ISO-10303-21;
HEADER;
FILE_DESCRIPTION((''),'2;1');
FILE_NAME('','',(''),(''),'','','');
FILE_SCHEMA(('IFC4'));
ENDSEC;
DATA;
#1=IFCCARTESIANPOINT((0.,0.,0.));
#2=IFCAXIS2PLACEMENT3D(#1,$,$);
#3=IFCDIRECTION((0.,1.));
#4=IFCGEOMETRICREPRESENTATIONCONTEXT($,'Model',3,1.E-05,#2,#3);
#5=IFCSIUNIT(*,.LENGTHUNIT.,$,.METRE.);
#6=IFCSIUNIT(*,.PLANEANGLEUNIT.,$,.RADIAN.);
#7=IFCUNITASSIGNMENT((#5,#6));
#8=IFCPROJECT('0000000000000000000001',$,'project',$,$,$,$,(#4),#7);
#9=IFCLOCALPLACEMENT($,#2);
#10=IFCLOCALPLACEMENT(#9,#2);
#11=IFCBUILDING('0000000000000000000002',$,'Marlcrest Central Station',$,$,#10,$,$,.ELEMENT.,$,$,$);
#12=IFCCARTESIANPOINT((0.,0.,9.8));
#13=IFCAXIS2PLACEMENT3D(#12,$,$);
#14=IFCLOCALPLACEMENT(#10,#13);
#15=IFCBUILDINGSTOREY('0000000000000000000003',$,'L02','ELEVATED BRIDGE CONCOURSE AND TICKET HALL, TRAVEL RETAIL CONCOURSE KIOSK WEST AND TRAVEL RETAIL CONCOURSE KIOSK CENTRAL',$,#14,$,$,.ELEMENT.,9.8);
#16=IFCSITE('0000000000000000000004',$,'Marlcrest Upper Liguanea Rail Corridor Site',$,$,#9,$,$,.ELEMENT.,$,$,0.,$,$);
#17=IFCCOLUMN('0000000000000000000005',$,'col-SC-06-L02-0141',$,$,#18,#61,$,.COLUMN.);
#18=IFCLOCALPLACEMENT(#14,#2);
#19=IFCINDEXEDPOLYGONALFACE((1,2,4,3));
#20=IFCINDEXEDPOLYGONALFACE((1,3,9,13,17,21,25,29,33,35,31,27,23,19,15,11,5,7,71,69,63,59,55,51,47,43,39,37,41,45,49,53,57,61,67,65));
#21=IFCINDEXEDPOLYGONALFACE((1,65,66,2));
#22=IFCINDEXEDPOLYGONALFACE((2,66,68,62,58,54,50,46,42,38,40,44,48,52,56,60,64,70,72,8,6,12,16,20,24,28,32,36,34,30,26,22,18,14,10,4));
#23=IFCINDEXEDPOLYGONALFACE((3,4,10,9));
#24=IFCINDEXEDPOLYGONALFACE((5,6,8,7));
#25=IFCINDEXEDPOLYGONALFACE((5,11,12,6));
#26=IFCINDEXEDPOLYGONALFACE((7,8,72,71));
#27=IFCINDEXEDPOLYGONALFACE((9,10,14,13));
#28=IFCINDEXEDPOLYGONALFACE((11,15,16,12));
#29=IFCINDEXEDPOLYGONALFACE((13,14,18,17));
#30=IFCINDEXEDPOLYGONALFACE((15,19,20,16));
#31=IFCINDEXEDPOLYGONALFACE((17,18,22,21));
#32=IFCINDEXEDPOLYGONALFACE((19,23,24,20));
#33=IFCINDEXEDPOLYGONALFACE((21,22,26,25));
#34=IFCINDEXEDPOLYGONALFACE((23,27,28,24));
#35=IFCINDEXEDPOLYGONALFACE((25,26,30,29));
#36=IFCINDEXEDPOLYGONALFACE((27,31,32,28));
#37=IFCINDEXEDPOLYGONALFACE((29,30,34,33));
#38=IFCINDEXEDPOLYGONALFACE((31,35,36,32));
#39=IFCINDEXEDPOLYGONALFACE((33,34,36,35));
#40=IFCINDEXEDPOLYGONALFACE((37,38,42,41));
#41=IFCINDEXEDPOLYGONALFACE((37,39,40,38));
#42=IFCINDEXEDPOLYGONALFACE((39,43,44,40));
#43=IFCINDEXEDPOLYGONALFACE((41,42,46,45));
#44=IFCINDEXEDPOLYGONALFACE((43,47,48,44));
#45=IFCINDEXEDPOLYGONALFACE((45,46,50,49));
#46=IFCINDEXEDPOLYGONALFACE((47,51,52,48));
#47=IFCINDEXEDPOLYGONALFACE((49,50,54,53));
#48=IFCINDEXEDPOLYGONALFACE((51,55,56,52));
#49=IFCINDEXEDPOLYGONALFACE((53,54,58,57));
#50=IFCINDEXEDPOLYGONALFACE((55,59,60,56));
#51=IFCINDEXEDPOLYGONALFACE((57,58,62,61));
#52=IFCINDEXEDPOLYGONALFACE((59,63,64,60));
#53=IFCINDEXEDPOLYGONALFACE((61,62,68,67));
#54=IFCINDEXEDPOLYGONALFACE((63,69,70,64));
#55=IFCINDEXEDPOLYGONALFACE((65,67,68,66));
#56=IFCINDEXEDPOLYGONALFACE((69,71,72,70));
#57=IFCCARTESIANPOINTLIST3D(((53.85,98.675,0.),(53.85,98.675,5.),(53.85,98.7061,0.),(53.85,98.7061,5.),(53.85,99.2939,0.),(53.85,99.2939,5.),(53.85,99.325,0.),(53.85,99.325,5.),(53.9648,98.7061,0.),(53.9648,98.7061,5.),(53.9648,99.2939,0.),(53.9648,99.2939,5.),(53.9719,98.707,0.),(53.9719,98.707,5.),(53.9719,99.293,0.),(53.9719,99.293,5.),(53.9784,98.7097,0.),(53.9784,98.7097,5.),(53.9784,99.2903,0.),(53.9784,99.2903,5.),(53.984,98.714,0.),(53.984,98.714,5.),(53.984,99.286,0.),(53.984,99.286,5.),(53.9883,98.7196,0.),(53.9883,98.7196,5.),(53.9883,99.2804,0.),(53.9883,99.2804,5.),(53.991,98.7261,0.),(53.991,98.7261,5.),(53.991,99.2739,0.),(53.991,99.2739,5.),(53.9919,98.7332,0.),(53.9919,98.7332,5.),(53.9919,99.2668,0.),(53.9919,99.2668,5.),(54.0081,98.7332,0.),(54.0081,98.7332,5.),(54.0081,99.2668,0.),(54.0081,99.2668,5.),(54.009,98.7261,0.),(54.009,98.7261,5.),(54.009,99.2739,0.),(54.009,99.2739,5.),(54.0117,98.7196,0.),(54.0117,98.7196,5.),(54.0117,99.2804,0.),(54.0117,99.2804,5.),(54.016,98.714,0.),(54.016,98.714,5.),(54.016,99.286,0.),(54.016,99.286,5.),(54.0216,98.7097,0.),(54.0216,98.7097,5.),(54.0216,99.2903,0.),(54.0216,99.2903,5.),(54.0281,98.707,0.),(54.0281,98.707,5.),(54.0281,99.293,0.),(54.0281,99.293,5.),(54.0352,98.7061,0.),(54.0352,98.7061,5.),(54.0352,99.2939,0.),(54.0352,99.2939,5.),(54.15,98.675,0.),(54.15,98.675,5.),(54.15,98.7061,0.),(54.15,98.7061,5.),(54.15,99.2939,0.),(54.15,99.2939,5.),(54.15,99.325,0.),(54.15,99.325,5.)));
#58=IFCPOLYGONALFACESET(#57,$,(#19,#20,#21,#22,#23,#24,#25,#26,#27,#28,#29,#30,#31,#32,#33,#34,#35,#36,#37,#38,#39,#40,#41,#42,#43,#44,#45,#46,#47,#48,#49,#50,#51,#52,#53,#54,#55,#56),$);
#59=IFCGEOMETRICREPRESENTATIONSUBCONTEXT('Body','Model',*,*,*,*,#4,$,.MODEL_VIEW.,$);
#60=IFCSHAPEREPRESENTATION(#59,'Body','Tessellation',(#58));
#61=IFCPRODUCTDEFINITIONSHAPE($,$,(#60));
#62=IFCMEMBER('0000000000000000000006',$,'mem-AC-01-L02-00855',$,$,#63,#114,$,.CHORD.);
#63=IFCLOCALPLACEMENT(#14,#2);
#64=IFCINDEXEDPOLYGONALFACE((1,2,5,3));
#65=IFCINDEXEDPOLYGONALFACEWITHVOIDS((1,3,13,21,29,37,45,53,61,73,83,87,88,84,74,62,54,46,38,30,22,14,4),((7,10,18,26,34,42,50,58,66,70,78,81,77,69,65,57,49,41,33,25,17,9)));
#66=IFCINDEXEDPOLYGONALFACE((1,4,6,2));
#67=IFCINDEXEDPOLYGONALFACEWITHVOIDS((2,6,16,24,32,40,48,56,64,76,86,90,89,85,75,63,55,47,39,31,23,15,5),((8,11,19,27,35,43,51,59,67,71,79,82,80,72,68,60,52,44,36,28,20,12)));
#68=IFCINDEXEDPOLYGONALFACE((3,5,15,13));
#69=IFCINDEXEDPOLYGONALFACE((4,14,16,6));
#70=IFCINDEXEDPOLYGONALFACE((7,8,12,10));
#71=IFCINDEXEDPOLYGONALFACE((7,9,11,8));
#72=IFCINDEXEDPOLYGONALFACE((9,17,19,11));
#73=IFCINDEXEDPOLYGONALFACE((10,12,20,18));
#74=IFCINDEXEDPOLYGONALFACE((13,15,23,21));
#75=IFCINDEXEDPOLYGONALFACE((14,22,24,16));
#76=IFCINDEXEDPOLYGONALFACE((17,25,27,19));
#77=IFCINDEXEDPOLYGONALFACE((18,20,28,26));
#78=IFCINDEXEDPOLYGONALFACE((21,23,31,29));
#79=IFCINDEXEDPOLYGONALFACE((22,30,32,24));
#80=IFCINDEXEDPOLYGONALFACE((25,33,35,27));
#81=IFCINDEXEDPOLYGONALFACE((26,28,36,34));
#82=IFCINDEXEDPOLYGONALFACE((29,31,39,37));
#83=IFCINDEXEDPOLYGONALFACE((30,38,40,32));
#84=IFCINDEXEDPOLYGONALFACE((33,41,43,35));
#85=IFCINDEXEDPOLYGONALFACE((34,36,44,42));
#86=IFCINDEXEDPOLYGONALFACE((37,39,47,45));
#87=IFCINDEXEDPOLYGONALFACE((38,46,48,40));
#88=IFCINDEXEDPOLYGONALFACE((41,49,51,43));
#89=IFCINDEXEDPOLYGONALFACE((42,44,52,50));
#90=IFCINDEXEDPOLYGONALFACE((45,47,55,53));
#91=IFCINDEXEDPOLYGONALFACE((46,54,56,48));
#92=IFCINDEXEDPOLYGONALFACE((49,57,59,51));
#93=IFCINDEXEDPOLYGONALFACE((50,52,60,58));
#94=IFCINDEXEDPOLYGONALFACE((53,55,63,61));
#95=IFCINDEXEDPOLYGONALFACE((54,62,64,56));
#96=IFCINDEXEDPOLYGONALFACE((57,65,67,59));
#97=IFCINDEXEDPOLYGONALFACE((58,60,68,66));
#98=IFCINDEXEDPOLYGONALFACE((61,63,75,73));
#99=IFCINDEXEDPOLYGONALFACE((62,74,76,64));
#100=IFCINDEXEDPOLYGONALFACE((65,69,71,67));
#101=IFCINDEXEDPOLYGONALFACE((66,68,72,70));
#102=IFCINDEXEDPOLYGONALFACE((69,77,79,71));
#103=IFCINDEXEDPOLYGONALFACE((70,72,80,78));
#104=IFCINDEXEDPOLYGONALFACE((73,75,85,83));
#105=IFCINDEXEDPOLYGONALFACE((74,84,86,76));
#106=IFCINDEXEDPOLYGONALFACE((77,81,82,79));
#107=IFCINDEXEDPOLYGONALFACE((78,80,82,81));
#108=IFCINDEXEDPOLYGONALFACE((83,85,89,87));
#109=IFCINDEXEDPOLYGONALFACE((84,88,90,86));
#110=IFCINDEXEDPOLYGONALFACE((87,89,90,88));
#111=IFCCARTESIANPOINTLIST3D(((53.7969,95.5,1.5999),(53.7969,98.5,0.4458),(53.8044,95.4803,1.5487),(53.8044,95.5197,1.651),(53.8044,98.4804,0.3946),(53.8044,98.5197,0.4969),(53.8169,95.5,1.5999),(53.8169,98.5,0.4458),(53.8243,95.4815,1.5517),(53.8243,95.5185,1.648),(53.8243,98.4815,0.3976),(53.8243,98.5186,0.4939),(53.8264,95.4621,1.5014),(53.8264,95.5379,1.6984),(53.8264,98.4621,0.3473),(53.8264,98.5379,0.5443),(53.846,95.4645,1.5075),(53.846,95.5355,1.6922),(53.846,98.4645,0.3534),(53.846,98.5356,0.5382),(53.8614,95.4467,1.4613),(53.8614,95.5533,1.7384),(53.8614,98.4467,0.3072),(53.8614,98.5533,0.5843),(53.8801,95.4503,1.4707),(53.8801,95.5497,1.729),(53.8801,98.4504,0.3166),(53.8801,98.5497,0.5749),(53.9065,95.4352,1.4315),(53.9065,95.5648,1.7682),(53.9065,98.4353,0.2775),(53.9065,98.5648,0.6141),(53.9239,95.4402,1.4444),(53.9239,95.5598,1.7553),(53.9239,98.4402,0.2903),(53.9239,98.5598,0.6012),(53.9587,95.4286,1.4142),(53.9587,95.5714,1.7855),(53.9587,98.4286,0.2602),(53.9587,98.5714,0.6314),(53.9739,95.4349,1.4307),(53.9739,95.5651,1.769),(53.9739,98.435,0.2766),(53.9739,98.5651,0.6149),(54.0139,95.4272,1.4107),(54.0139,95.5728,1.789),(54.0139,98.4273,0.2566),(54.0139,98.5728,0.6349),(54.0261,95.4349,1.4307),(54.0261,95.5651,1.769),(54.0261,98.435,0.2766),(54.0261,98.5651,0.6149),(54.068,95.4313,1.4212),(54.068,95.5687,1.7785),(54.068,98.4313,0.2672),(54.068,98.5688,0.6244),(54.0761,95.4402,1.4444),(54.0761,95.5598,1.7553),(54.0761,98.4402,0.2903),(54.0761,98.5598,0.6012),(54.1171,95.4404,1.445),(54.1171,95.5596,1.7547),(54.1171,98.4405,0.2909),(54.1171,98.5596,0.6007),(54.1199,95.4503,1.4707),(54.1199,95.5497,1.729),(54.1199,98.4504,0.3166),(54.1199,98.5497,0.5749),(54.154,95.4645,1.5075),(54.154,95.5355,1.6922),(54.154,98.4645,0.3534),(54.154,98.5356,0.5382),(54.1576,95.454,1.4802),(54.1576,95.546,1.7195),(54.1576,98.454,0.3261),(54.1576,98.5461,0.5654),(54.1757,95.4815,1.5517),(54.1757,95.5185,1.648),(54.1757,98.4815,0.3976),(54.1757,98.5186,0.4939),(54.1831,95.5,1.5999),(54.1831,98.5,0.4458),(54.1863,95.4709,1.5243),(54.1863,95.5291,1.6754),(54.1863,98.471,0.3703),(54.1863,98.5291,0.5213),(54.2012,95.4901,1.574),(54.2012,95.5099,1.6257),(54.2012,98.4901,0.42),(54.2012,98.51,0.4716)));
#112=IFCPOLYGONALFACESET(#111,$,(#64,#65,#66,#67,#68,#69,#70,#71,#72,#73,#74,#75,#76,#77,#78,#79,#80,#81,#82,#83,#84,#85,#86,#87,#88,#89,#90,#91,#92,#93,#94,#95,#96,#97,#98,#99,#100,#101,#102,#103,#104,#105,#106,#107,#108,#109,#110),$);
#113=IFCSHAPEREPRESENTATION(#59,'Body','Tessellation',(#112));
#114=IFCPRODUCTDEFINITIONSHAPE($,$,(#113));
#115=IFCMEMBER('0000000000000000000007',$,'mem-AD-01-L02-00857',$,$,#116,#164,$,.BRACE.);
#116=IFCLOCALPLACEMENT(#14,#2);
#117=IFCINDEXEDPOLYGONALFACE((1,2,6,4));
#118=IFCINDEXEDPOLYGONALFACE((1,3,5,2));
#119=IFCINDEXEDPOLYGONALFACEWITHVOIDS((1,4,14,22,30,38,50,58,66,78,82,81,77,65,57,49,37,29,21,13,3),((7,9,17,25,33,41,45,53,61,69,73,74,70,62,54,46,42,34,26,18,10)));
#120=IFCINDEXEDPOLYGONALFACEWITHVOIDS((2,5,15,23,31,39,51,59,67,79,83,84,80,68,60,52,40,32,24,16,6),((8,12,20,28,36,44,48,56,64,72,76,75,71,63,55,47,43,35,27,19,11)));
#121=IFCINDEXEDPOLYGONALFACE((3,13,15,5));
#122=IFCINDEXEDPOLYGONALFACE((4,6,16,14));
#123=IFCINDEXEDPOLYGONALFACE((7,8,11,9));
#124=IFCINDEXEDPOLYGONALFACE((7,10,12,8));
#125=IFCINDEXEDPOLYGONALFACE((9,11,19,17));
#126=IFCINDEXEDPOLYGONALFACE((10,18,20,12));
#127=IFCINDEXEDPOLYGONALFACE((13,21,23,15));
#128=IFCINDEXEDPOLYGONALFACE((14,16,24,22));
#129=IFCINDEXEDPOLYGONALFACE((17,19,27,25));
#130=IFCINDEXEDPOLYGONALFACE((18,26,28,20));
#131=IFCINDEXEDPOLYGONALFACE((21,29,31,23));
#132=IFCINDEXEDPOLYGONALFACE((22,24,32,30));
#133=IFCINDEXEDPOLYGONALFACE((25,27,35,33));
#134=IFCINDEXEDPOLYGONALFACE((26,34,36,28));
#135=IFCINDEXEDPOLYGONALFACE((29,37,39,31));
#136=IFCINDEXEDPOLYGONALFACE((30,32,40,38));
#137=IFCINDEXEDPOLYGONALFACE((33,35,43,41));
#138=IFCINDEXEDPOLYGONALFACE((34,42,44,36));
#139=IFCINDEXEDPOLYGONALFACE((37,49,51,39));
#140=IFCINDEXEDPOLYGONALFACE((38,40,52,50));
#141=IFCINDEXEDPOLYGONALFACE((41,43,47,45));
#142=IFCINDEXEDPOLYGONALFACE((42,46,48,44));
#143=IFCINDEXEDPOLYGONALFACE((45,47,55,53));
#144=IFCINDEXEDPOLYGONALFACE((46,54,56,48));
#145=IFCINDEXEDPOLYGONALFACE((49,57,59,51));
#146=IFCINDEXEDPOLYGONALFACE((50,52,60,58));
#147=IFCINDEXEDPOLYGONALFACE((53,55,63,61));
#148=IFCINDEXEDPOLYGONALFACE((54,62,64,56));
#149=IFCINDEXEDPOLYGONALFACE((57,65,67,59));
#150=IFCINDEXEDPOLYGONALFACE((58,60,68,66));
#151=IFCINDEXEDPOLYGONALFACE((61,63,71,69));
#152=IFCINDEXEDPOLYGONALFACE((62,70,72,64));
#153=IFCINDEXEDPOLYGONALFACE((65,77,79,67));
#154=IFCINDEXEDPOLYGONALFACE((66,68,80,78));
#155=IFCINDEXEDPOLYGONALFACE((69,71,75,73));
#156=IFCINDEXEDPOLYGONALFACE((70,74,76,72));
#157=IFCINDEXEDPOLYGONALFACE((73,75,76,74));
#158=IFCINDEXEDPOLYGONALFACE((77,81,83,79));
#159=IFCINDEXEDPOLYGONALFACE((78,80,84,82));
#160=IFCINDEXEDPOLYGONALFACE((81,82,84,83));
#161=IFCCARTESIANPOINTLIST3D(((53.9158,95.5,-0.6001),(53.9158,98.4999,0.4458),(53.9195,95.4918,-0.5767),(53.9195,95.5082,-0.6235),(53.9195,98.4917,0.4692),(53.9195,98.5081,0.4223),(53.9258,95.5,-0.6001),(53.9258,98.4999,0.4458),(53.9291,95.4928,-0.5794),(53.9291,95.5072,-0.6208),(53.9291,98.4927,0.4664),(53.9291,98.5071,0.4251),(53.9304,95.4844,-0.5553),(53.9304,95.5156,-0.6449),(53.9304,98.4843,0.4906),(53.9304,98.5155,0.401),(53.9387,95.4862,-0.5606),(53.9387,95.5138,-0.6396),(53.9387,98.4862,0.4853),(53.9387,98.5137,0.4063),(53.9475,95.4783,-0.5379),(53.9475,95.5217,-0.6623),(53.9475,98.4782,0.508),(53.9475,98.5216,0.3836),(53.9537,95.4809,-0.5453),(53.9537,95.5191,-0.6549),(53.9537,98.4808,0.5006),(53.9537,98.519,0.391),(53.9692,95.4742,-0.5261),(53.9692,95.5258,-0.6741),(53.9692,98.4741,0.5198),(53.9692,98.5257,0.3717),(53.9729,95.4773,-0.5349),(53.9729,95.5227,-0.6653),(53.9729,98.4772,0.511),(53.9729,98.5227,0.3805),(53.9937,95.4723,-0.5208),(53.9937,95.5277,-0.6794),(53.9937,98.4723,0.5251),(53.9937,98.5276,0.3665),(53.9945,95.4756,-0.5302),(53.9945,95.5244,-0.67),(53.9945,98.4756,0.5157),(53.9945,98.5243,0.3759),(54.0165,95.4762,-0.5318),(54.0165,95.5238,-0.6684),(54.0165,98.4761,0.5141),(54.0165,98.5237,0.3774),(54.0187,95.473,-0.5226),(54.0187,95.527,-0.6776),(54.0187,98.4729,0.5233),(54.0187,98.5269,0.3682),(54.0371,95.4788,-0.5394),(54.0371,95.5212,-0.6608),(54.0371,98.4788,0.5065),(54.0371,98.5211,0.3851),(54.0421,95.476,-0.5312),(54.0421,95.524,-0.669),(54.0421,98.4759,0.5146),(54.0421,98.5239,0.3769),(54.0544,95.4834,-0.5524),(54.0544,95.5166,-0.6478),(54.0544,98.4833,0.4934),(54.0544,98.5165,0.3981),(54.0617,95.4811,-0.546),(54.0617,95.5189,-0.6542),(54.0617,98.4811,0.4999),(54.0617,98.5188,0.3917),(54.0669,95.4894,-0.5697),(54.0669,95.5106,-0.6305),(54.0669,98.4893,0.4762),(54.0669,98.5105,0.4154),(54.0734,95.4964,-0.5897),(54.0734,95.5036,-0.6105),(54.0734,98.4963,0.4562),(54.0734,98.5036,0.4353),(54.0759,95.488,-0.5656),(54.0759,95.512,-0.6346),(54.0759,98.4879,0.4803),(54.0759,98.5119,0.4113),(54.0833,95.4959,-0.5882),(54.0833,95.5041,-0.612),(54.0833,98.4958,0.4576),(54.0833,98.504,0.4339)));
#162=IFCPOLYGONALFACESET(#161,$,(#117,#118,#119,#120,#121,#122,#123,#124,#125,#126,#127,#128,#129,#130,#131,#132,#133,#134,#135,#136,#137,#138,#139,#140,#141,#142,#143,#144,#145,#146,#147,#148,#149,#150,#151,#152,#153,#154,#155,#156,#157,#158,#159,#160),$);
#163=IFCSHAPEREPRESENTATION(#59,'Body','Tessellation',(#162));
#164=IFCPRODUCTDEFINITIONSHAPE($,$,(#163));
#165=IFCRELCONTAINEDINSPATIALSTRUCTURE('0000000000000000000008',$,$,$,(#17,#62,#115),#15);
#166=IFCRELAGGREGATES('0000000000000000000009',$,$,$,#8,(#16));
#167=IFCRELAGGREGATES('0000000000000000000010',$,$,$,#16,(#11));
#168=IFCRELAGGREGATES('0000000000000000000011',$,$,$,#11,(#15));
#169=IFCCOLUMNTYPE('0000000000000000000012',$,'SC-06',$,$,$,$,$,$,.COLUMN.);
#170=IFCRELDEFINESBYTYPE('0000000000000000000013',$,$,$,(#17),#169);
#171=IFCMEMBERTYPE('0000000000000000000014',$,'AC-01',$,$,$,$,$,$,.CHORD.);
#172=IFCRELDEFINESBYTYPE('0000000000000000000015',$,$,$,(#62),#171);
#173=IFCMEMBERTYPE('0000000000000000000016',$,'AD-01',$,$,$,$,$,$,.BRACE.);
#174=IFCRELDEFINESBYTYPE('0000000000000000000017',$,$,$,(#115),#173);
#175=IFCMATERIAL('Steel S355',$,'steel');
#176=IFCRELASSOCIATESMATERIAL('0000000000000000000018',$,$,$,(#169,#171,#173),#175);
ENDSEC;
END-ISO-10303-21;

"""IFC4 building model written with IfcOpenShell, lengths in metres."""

from ifc_helpers import new_model, si_unit, direction, frame, origin, origin_2d, place, context, subcontext, project, spatial, hollow_circle, i_section, extrude, material, material_profile, profile_set, type_object, element, save


model = new_model("IFC4")

# Units and contexts
model_context = context("Model", 3, precision=1e-05, world=origin(), true_north=direction((0.0, 1.0)))
body_context = subcontext(model_context, "Body", "Model", "MODEL_VIEW")
ifc_project = project(units=[si_unit("LENGTHUNIT", "METRE"), si_unit("PLANEANGLEUNIT", "RADIAN")], contexts=[model_context])

# Site, building, storey
site_placement = place(None, origin())
site = spatial("IfcSite", under=ifc_project, at=site_placement, Name="Marlcrest Upper Liguanea Rail Corridor Site", CompositionType="ELEMENT", RefElevation=0.0)
building_placement = place(site_placement, origin())
building = spatial("IfcBuilding", under=site, at=building_placement, Name="Marlcrest Central Station", CompositionType="ELEMENT")
storey_placement = place(building_placement, frame((0.0, 0.0, 9.8)))
storey = spatial("IfcBuildingStorey", under=building, at=storey_placement, Name="L02", Description="ELEVATED BRIDGE CONCOURSE AND TICKET HALL, TRAVEL RETAIL CONCOURSE KIOSK WEST AND TRAVEL RETAIL CONCOURSE KIOSK CENTRAL", CompositionType="ELEMENT", Elevation=9.8)

# Column
ifc_material_1 = material(Name="Steel S355", Category="steel")
ifc_material_profile_1 = material_profile(ifc_material_1, i_section(OverallWidth=0.3, OverallDepth=0.6499, WebThickness=0.0161, FlangeThickness=0.031, FilletRadius=0.0271, at=origin_2d()), Name="HEB 650")
ifc_profile_set_1 = profile_set([ifc_material_profile_1], Name="Steel S355")
column_type = type_object("IfcColumnType", Name="SC-06", PredefinedType="COLUMN", material=ifc_profile_set_1)
column_placement = place(storey_placement, frame((54.0, 99.0, 0.0), z_axis=(0.0, 0.0, 1.0), x_axis=(1.0, 0.0, 0.0)))
element("IfcColumn", 1, at=column_placement, inside=storey, type_object=column_type, Name="col-SC-06-L02-0141", PredefinedType="COLUMN", context=body_context, shape_type="SweptSolid", body=[
    extrude(i_section(OverallWidth=0.3, OverallDepth=0.6499, WebThickness=0.0161, FlangeThickness=0.031, FilletRadius=0.0271, at=origin_2d()), origin(), (0.0, 0.0, 1.0), 5.0),
])

# Members
ifc_material_profile_2 = material_profile(ifc_material_1, hollow_circle(Radius=0.2031, WallThickness=0.02, at=origin_2d()), Name="CHS 406.4x20")
ifc_profile_set_2 = profile_set([ifc_material_profile_2], Name="Steel S355")
member_type_1 = type_object("IfcMemberType", Name="AC-01", PredefinedType="CHORD", material=ifc_profile_set_2)
member_1_placement = place(storey_placement, frame((54.0, 95.5, 1.5999), z_axis=(0.0, 0.933324, -0.359035), x_axis=(-1.0, 0.0, 0.0)))
element("IfcMember", 2, at=member_1_placement, inside=storey, type_object=member_type_1, Name="mem-AC-01-L02-00855", PredefinedType="CHORD", context=body_context, shape_type="SweptSolid", body=[
    extrude(hollow_circle(Radius=0.2031, WallThickness=0.02, at=origin_2d()), origin(), (0.0, 0.0, 1.0), 3.2144),
])
ifc_material_profile_3 = material_profile(ifc_material_1, hollow_circle(Radius=0.0842, WallThickness=0.01, at=origin_2d()), Name="CHS 168.3x10")
ifc_profile_set_3 = profile_set([ifc_material_profile_3], Name="Steel S355")
member_type_2 = type_object("IfcMemberType", Name="AD-01", PredefinedType="BRACE", material=ifc_profile_set_3)
member_2_placement = place(storey_placement, frame((54.0, 95.5, -0.6001), z_axis=(0.0, 0.94426, 0.3292), x_axis=(-1.0, 0.0, 0.0)))
element("IfcMember", 3, at=member_2_placement, inside=storey, type_object=member_type_2, Name="mem-AD-01-L02-00857", PredefinedType="BRACE", context=body_context, shape_type="SweptSolid", body=[
    extrude(hollow_circle(Radius=0.0842, WallThickness=0.01, at=origin_2d()), origin(), (0.0, 0.0, 1.0), 3.177),
])

save(model, "model.ifc")
